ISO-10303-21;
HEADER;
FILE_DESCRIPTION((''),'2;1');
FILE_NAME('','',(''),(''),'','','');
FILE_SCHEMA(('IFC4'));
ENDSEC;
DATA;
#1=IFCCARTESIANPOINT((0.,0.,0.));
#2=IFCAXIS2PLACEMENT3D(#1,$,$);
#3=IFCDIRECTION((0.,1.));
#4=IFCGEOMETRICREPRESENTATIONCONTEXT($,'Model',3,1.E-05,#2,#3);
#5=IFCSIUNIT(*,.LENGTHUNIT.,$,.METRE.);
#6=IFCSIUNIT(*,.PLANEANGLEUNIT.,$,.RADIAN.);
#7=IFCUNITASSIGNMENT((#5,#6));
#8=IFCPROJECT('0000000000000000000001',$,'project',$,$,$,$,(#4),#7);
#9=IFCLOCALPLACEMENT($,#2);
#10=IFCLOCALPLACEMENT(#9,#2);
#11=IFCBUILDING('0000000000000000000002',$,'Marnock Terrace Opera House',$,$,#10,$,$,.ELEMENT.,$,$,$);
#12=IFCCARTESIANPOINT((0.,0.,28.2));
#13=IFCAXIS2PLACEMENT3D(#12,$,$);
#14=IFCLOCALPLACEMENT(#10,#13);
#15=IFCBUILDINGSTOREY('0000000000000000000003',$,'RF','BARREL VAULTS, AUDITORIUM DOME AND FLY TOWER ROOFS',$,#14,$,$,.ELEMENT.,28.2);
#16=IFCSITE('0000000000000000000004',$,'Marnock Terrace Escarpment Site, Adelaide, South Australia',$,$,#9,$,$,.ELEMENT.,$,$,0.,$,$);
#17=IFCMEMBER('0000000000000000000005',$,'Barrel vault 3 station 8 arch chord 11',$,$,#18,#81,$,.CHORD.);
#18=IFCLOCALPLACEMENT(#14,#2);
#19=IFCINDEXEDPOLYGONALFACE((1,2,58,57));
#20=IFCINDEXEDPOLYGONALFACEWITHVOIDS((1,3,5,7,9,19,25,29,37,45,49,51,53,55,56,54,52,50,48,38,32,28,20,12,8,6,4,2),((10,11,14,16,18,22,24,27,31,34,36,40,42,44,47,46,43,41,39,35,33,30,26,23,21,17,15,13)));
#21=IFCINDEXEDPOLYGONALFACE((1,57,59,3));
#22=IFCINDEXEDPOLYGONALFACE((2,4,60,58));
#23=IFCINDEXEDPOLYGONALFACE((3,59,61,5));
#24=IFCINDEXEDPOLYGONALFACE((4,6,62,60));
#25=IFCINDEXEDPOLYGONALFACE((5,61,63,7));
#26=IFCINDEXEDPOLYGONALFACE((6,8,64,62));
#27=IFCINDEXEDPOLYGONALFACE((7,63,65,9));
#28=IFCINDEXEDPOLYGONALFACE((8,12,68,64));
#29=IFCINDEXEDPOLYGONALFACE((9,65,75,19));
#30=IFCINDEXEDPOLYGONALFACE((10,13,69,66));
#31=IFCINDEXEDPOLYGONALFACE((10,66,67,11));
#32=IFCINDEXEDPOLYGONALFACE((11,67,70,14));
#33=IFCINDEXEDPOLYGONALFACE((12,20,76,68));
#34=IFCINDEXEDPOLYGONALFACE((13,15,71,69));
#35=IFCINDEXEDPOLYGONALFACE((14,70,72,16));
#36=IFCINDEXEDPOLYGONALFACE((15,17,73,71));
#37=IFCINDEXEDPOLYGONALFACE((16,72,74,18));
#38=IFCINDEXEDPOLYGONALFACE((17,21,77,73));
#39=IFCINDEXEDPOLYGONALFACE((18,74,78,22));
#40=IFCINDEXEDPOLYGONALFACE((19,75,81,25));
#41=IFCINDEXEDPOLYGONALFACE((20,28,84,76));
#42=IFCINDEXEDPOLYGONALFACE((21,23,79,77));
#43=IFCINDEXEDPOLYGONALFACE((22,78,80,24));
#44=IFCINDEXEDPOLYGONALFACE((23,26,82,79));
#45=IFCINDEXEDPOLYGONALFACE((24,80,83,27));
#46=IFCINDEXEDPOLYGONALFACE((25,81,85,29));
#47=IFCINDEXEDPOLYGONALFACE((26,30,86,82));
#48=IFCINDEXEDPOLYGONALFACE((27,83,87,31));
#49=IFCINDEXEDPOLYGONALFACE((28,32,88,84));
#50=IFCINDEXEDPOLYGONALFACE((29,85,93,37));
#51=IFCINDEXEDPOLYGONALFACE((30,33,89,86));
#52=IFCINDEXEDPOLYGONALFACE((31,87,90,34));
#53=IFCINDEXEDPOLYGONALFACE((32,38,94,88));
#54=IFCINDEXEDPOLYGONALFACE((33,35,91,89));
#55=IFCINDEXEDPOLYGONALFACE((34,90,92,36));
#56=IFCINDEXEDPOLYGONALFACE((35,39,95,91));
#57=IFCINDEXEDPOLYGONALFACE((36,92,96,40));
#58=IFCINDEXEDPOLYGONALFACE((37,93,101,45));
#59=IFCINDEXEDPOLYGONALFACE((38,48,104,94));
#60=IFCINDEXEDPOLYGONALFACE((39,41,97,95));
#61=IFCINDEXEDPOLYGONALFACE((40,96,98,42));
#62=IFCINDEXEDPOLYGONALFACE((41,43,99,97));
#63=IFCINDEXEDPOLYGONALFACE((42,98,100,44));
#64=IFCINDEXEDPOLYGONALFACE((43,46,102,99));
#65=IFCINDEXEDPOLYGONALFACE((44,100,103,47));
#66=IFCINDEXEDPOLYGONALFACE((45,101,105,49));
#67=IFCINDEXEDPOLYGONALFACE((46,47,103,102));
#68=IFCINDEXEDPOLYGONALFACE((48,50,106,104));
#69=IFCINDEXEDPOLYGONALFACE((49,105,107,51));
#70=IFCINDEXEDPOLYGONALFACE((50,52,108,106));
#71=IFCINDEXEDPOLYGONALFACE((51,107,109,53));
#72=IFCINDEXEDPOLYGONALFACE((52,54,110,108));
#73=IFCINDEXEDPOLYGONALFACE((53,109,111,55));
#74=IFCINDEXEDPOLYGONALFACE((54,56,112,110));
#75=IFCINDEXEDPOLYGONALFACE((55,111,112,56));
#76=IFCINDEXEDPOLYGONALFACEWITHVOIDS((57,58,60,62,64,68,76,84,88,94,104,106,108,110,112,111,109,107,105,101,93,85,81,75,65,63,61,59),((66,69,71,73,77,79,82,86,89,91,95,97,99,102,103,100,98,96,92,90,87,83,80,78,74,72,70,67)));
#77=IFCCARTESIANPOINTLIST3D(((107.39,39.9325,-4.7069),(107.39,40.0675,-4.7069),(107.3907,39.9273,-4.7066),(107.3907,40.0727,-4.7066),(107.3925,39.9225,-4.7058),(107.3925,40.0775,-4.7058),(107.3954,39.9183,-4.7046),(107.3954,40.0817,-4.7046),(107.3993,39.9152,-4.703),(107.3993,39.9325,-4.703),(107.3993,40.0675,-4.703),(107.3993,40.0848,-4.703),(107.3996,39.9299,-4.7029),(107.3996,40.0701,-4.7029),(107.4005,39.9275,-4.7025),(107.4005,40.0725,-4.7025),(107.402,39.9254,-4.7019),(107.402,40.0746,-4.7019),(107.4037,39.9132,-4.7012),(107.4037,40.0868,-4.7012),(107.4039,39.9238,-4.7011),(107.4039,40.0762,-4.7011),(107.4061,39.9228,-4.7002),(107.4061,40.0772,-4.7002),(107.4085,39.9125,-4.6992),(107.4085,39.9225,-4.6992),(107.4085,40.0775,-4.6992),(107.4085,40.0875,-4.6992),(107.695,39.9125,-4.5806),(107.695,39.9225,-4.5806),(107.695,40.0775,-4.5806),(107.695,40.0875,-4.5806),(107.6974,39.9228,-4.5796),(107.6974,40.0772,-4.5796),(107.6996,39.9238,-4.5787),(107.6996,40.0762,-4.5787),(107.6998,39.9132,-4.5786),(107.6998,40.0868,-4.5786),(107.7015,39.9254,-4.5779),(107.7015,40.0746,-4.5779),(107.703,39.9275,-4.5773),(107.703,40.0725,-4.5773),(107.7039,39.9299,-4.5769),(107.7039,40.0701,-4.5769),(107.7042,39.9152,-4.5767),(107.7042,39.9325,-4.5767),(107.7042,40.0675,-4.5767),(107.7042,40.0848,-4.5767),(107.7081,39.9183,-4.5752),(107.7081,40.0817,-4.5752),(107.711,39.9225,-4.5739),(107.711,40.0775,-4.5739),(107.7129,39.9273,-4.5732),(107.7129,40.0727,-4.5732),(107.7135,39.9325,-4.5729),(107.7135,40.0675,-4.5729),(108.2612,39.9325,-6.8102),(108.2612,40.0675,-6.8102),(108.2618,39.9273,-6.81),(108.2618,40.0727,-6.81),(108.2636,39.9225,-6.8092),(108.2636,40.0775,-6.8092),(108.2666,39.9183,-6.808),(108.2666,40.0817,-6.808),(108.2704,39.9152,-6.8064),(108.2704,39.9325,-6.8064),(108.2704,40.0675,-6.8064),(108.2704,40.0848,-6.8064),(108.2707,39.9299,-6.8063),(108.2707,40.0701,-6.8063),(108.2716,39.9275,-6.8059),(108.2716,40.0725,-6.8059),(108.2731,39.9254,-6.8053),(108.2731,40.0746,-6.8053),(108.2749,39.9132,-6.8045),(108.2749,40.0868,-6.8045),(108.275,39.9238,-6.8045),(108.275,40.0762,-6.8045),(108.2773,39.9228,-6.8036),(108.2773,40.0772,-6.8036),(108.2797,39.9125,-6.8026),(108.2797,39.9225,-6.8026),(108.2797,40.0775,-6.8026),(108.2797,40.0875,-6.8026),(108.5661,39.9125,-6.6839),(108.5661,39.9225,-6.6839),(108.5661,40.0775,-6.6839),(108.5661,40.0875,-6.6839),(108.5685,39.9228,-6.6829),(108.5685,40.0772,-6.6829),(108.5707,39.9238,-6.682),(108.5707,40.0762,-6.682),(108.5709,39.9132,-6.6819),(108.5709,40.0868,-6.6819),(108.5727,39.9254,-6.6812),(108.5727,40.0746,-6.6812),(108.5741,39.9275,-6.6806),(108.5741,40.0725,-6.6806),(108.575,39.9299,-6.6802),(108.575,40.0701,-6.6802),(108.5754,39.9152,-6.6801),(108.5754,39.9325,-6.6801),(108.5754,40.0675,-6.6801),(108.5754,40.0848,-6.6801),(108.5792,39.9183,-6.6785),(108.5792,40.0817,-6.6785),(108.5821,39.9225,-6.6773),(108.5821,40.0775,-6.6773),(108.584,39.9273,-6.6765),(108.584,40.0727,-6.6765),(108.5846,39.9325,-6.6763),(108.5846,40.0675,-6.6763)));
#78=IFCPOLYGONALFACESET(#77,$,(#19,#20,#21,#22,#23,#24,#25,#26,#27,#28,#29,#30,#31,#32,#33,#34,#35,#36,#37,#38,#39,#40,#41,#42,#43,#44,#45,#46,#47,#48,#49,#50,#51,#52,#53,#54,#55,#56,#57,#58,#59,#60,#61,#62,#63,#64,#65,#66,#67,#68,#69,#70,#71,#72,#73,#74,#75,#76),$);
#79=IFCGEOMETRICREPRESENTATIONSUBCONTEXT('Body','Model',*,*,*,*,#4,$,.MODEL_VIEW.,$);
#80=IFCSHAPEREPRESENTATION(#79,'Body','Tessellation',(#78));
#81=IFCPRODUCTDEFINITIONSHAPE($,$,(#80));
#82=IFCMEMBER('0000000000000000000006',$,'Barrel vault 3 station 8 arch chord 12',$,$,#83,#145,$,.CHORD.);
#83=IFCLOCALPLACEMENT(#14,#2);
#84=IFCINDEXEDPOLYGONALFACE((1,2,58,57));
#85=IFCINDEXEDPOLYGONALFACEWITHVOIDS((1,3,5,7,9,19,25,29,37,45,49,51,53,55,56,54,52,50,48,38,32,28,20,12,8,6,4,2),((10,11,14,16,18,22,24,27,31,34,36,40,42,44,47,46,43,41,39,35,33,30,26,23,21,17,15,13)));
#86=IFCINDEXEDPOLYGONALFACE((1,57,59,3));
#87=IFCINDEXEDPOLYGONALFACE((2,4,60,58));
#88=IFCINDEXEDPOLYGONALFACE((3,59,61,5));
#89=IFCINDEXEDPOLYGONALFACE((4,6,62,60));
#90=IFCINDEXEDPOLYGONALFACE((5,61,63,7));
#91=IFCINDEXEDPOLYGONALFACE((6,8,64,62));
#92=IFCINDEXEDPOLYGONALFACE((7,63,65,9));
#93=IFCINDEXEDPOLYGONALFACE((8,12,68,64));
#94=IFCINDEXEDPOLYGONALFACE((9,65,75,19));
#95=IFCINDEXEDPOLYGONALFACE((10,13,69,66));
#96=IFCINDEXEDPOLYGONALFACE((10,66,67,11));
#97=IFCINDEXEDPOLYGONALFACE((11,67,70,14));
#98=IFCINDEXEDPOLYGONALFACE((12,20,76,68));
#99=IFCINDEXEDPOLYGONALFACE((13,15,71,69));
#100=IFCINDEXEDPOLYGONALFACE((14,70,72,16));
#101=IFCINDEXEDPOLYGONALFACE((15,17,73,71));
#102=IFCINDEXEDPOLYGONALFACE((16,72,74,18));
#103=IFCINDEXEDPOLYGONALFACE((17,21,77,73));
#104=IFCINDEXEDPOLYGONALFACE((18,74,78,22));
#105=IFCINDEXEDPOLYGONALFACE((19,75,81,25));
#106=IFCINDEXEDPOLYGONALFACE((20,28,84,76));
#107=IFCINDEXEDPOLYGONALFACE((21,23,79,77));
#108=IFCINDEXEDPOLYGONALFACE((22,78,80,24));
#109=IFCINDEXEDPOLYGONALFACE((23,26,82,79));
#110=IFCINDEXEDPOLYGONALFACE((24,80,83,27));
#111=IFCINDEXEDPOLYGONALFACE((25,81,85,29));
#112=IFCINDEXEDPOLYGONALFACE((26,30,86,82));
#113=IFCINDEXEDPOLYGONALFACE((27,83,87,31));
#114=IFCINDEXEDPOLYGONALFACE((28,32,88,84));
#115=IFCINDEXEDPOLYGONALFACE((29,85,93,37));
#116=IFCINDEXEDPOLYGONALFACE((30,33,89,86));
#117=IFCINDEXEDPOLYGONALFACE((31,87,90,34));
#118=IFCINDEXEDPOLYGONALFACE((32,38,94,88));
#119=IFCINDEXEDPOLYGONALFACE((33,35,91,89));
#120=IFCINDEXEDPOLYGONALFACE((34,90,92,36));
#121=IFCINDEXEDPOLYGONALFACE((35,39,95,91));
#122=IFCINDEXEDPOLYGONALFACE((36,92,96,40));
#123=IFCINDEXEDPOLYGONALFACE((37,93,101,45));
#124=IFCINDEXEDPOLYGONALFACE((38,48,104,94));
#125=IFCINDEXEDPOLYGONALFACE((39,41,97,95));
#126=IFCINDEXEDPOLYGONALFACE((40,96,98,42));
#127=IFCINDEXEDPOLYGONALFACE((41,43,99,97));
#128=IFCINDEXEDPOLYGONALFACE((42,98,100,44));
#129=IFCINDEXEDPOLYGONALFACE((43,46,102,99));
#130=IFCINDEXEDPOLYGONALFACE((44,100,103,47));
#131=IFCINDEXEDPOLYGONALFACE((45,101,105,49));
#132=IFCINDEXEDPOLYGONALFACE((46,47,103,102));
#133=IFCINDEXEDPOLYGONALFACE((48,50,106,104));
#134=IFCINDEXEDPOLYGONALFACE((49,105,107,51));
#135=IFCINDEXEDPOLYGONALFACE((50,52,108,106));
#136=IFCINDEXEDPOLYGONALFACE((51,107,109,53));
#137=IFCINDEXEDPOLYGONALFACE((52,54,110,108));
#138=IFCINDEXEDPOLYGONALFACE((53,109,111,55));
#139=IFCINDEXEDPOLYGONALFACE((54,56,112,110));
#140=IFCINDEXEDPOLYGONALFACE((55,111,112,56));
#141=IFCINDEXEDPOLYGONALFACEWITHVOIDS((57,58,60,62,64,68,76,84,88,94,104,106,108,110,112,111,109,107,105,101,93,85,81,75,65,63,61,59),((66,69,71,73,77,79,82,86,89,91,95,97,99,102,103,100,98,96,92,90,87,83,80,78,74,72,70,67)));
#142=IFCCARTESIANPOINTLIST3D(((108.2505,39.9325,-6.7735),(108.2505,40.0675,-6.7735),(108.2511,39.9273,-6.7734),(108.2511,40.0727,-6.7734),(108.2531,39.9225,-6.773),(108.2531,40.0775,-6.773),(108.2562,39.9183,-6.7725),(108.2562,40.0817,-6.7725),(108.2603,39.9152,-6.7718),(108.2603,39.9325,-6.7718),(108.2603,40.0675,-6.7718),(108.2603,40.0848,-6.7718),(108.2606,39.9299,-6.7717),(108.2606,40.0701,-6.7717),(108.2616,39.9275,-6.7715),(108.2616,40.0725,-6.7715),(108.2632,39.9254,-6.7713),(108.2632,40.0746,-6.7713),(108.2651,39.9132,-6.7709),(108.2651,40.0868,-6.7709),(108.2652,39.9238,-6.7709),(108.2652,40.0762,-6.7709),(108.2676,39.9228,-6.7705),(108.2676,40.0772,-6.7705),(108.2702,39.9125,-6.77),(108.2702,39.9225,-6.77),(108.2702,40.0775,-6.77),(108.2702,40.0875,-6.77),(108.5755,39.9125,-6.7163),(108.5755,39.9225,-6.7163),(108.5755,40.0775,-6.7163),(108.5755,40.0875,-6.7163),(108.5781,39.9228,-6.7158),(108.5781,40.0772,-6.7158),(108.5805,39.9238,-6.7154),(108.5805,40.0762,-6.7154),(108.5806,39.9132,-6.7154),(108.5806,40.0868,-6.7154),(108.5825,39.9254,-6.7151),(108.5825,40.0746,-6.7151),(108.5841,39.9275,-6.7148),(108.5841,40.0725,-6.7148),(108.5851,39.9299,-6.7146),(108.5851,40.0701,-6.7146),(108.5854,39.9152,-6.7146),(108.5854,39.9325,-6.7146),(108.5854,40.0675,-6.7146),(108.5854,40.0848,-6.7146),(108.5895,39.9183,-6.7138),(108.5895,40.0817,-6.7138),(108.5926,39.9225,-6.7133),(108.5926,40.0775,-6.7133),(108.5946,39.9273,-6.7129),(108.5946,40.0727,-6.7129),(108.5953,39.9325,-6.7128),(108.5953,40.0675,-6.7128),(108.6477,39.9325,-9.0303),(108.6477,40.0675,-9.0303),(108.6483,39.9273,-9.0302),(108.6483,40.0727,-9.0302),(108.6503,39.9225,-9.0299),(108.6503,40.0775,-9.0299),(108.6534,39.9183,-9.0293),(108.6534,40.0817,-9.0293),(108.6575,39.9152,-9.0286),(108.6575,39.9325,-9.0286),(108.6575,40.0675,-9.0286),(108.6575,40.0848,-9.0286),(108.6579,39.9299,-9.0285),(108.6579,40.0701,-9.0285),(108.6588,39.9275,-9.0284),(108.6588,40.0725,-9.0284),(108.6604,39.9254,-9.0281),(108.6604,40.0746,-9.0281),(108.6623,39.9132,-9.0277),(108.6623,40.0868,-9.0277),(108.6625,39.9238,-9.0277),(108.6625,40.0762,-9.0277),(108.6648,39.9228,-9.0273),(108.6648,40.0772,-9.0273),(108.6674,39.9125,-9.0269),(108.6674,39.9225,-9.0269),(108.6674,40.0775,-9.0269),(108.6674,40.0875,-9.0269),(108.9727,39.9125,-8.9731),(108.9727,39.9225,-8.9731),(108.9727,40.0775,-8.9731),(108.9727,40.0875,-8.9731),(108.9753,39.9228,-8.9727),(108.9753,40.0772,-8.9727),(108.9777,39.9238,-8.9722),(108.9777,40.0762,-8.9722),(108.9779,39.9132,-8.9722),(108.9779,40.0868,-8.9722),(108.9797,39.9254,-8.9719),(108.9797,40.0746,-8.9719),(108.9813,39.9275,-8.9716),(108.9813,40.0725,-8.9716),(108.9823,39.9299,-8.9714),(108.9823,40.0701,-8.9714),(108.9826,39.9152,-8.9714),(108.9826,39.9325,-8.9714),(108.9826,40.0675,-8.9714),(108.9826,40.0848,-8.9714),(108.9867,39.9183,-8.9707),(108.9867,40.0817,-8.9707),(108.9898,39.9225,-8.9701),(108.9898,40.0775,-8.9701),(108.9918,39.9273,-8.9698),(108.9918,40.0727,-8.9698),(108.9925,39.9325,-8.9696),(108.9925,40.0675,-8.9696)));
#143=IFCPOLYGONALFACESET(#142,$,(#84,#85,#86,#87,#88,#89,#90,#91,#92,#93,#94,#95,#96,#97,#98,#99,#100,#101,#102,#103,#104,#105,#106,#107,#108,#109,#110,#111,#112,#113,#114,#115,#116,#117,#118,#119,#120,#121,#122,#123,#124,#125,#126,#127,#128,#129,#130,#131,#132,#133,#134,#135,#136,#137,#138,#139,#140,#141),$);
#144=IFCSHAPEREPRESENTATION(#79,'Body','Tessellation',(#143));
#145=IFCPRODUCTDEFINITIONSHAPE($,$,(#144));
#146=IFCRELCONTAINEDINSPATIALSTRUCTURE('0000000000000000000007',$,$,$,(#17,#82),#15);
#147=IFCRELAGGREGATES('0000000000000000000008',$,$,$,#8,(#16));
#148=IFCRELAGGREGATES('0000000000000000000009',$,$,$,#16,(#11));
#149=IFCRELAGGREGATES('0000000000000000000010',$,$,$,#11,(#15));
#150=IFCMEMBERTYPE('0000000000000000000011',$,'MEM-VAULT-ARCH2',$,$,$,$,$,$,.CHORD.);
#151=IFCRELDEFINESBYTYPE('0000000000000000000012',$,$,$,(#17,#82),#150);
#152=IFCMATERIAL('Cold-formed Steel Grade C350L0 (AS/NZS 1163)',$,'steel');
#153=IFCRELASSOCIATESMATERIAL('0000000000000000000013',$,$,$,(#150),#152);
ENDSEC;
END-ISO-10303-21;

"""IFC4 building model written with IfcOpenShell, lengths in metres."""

from ifc_helpers import new_model, si_unit, direction, frame, origin, origin_2d, place, context, subcontext, project, spatial, hollow_rectangle, extrude, material, material_profile, profile_set, type_object, element, save


model = new_model("IFC4")

# Units and contexts
model_context = context("Model", 3, precision=1e-05, world=origin(), true_north=direction((0.0, 1.0)))
body_context = subcontext(model_context, "Body", "Model", "MODEL_VIEW")
ifc_project = project(units=[si_unit("LENGTHUNIT", "METRE"), si_unit("PLANEANGLEUNIT", "RADIAN")], contexts=[model_context])

# Site, building, storey
site_placement = place(None, origin())
site = spatial("IfcSite", under=ifc_project, at=site_placement, Name="Marnock Terrace Escarpment Site, Adelaide, South Australia", CompositionType="ELEMENT", RefElevation=0.0)
building_placement = place(site_placement, origin())
building = spatial("IfcBuilding", under=site, at=building_placement, Name="Marnock Terrace Opera House", CompositionType="ELEMENT")
storey_placement = place(building_placement, frame((0.0, 0.0, 28.2)))
storey = spatial("IfcBuildingStorey", under=building, at=storey_placement, Name="RF", Description="BARREL VAULTS, AUDITORIUM DOME AND FLY TOWER ROOFS", CompositionType="ELEMENT", Elevation=28.2)

# Members
ifc_material_1 = material(Name="Cold-formed Steel Grade C350L0 (AS/NZS 1163)", Category="steel")
ifc_material_profile_1 = material_profile(ifc_material_1, hollow_rectangle(XDim=0.175, YDim=0.3501, WallThickness=0.01, InnerFilletRadius=0.01, OuterFilletRadius=0.02, at=origin_2d()))
ifc_profile_set_1 = profile_set([ifc_material_profile_1], Name="Cold-formed Steel Grade C350L0 (AS/NZS 1163)")
member_type_1 = type_object("IfcMemberType", Name="MEM-VAULT-ARCH2", PredefinedType="CHORD", material=ifc_profile_set_1)
member_1_placement = place(storey_placement, frame((107.5518, 40.0, -4.6399), z_axis=(0.382642, 0.0, -0.923897), x_axis=(0.0, 1.0, 0.0)))
element("IfcMember", 1, at=member_1_placement, inside=storey, type_object=member_type_1, Name="Barrel vault 3 station 8 arch chord 11", PredefinedType="CHORD", context=body_context, shape_type="SweptSolid", body=[
    extrude(hollow_rectangle(XDim=0.175, YDim=0.3501, WallThickness=0.01, InnerFilletRadius=0.01, OuterFilletRadius=0.02, at=origin_2d()), origin(), (0.0, 0.0, 1.0), 2.2766),
])
member_2_placement = place(storey_placement, frame((108.4229, 40.0, -6.7432), z_axis=(0.173342, 0.0, -0.984862), x_axis=(0.0, 1.0, 0.0)))
element("IfcMember", 2, at=member_2_placement, inside=storey, type_object=member_type_1, Name="Barrel vault 3 station 8 arch chord 12", PredefinedType="CHORD", context=body_context, shape_type="SweptSolid", body=[
    extrude(hollow_rectangle(XDim=0.175, YDim=0.3501, WallThickness=0.01, InnerFilletRadius=0.01, OuterFilletRadius=0.02, at=origin_2d()), origin(), (0.0, 0.0, 1.0), 2.2915),
])

save(model, "model.ifc")
